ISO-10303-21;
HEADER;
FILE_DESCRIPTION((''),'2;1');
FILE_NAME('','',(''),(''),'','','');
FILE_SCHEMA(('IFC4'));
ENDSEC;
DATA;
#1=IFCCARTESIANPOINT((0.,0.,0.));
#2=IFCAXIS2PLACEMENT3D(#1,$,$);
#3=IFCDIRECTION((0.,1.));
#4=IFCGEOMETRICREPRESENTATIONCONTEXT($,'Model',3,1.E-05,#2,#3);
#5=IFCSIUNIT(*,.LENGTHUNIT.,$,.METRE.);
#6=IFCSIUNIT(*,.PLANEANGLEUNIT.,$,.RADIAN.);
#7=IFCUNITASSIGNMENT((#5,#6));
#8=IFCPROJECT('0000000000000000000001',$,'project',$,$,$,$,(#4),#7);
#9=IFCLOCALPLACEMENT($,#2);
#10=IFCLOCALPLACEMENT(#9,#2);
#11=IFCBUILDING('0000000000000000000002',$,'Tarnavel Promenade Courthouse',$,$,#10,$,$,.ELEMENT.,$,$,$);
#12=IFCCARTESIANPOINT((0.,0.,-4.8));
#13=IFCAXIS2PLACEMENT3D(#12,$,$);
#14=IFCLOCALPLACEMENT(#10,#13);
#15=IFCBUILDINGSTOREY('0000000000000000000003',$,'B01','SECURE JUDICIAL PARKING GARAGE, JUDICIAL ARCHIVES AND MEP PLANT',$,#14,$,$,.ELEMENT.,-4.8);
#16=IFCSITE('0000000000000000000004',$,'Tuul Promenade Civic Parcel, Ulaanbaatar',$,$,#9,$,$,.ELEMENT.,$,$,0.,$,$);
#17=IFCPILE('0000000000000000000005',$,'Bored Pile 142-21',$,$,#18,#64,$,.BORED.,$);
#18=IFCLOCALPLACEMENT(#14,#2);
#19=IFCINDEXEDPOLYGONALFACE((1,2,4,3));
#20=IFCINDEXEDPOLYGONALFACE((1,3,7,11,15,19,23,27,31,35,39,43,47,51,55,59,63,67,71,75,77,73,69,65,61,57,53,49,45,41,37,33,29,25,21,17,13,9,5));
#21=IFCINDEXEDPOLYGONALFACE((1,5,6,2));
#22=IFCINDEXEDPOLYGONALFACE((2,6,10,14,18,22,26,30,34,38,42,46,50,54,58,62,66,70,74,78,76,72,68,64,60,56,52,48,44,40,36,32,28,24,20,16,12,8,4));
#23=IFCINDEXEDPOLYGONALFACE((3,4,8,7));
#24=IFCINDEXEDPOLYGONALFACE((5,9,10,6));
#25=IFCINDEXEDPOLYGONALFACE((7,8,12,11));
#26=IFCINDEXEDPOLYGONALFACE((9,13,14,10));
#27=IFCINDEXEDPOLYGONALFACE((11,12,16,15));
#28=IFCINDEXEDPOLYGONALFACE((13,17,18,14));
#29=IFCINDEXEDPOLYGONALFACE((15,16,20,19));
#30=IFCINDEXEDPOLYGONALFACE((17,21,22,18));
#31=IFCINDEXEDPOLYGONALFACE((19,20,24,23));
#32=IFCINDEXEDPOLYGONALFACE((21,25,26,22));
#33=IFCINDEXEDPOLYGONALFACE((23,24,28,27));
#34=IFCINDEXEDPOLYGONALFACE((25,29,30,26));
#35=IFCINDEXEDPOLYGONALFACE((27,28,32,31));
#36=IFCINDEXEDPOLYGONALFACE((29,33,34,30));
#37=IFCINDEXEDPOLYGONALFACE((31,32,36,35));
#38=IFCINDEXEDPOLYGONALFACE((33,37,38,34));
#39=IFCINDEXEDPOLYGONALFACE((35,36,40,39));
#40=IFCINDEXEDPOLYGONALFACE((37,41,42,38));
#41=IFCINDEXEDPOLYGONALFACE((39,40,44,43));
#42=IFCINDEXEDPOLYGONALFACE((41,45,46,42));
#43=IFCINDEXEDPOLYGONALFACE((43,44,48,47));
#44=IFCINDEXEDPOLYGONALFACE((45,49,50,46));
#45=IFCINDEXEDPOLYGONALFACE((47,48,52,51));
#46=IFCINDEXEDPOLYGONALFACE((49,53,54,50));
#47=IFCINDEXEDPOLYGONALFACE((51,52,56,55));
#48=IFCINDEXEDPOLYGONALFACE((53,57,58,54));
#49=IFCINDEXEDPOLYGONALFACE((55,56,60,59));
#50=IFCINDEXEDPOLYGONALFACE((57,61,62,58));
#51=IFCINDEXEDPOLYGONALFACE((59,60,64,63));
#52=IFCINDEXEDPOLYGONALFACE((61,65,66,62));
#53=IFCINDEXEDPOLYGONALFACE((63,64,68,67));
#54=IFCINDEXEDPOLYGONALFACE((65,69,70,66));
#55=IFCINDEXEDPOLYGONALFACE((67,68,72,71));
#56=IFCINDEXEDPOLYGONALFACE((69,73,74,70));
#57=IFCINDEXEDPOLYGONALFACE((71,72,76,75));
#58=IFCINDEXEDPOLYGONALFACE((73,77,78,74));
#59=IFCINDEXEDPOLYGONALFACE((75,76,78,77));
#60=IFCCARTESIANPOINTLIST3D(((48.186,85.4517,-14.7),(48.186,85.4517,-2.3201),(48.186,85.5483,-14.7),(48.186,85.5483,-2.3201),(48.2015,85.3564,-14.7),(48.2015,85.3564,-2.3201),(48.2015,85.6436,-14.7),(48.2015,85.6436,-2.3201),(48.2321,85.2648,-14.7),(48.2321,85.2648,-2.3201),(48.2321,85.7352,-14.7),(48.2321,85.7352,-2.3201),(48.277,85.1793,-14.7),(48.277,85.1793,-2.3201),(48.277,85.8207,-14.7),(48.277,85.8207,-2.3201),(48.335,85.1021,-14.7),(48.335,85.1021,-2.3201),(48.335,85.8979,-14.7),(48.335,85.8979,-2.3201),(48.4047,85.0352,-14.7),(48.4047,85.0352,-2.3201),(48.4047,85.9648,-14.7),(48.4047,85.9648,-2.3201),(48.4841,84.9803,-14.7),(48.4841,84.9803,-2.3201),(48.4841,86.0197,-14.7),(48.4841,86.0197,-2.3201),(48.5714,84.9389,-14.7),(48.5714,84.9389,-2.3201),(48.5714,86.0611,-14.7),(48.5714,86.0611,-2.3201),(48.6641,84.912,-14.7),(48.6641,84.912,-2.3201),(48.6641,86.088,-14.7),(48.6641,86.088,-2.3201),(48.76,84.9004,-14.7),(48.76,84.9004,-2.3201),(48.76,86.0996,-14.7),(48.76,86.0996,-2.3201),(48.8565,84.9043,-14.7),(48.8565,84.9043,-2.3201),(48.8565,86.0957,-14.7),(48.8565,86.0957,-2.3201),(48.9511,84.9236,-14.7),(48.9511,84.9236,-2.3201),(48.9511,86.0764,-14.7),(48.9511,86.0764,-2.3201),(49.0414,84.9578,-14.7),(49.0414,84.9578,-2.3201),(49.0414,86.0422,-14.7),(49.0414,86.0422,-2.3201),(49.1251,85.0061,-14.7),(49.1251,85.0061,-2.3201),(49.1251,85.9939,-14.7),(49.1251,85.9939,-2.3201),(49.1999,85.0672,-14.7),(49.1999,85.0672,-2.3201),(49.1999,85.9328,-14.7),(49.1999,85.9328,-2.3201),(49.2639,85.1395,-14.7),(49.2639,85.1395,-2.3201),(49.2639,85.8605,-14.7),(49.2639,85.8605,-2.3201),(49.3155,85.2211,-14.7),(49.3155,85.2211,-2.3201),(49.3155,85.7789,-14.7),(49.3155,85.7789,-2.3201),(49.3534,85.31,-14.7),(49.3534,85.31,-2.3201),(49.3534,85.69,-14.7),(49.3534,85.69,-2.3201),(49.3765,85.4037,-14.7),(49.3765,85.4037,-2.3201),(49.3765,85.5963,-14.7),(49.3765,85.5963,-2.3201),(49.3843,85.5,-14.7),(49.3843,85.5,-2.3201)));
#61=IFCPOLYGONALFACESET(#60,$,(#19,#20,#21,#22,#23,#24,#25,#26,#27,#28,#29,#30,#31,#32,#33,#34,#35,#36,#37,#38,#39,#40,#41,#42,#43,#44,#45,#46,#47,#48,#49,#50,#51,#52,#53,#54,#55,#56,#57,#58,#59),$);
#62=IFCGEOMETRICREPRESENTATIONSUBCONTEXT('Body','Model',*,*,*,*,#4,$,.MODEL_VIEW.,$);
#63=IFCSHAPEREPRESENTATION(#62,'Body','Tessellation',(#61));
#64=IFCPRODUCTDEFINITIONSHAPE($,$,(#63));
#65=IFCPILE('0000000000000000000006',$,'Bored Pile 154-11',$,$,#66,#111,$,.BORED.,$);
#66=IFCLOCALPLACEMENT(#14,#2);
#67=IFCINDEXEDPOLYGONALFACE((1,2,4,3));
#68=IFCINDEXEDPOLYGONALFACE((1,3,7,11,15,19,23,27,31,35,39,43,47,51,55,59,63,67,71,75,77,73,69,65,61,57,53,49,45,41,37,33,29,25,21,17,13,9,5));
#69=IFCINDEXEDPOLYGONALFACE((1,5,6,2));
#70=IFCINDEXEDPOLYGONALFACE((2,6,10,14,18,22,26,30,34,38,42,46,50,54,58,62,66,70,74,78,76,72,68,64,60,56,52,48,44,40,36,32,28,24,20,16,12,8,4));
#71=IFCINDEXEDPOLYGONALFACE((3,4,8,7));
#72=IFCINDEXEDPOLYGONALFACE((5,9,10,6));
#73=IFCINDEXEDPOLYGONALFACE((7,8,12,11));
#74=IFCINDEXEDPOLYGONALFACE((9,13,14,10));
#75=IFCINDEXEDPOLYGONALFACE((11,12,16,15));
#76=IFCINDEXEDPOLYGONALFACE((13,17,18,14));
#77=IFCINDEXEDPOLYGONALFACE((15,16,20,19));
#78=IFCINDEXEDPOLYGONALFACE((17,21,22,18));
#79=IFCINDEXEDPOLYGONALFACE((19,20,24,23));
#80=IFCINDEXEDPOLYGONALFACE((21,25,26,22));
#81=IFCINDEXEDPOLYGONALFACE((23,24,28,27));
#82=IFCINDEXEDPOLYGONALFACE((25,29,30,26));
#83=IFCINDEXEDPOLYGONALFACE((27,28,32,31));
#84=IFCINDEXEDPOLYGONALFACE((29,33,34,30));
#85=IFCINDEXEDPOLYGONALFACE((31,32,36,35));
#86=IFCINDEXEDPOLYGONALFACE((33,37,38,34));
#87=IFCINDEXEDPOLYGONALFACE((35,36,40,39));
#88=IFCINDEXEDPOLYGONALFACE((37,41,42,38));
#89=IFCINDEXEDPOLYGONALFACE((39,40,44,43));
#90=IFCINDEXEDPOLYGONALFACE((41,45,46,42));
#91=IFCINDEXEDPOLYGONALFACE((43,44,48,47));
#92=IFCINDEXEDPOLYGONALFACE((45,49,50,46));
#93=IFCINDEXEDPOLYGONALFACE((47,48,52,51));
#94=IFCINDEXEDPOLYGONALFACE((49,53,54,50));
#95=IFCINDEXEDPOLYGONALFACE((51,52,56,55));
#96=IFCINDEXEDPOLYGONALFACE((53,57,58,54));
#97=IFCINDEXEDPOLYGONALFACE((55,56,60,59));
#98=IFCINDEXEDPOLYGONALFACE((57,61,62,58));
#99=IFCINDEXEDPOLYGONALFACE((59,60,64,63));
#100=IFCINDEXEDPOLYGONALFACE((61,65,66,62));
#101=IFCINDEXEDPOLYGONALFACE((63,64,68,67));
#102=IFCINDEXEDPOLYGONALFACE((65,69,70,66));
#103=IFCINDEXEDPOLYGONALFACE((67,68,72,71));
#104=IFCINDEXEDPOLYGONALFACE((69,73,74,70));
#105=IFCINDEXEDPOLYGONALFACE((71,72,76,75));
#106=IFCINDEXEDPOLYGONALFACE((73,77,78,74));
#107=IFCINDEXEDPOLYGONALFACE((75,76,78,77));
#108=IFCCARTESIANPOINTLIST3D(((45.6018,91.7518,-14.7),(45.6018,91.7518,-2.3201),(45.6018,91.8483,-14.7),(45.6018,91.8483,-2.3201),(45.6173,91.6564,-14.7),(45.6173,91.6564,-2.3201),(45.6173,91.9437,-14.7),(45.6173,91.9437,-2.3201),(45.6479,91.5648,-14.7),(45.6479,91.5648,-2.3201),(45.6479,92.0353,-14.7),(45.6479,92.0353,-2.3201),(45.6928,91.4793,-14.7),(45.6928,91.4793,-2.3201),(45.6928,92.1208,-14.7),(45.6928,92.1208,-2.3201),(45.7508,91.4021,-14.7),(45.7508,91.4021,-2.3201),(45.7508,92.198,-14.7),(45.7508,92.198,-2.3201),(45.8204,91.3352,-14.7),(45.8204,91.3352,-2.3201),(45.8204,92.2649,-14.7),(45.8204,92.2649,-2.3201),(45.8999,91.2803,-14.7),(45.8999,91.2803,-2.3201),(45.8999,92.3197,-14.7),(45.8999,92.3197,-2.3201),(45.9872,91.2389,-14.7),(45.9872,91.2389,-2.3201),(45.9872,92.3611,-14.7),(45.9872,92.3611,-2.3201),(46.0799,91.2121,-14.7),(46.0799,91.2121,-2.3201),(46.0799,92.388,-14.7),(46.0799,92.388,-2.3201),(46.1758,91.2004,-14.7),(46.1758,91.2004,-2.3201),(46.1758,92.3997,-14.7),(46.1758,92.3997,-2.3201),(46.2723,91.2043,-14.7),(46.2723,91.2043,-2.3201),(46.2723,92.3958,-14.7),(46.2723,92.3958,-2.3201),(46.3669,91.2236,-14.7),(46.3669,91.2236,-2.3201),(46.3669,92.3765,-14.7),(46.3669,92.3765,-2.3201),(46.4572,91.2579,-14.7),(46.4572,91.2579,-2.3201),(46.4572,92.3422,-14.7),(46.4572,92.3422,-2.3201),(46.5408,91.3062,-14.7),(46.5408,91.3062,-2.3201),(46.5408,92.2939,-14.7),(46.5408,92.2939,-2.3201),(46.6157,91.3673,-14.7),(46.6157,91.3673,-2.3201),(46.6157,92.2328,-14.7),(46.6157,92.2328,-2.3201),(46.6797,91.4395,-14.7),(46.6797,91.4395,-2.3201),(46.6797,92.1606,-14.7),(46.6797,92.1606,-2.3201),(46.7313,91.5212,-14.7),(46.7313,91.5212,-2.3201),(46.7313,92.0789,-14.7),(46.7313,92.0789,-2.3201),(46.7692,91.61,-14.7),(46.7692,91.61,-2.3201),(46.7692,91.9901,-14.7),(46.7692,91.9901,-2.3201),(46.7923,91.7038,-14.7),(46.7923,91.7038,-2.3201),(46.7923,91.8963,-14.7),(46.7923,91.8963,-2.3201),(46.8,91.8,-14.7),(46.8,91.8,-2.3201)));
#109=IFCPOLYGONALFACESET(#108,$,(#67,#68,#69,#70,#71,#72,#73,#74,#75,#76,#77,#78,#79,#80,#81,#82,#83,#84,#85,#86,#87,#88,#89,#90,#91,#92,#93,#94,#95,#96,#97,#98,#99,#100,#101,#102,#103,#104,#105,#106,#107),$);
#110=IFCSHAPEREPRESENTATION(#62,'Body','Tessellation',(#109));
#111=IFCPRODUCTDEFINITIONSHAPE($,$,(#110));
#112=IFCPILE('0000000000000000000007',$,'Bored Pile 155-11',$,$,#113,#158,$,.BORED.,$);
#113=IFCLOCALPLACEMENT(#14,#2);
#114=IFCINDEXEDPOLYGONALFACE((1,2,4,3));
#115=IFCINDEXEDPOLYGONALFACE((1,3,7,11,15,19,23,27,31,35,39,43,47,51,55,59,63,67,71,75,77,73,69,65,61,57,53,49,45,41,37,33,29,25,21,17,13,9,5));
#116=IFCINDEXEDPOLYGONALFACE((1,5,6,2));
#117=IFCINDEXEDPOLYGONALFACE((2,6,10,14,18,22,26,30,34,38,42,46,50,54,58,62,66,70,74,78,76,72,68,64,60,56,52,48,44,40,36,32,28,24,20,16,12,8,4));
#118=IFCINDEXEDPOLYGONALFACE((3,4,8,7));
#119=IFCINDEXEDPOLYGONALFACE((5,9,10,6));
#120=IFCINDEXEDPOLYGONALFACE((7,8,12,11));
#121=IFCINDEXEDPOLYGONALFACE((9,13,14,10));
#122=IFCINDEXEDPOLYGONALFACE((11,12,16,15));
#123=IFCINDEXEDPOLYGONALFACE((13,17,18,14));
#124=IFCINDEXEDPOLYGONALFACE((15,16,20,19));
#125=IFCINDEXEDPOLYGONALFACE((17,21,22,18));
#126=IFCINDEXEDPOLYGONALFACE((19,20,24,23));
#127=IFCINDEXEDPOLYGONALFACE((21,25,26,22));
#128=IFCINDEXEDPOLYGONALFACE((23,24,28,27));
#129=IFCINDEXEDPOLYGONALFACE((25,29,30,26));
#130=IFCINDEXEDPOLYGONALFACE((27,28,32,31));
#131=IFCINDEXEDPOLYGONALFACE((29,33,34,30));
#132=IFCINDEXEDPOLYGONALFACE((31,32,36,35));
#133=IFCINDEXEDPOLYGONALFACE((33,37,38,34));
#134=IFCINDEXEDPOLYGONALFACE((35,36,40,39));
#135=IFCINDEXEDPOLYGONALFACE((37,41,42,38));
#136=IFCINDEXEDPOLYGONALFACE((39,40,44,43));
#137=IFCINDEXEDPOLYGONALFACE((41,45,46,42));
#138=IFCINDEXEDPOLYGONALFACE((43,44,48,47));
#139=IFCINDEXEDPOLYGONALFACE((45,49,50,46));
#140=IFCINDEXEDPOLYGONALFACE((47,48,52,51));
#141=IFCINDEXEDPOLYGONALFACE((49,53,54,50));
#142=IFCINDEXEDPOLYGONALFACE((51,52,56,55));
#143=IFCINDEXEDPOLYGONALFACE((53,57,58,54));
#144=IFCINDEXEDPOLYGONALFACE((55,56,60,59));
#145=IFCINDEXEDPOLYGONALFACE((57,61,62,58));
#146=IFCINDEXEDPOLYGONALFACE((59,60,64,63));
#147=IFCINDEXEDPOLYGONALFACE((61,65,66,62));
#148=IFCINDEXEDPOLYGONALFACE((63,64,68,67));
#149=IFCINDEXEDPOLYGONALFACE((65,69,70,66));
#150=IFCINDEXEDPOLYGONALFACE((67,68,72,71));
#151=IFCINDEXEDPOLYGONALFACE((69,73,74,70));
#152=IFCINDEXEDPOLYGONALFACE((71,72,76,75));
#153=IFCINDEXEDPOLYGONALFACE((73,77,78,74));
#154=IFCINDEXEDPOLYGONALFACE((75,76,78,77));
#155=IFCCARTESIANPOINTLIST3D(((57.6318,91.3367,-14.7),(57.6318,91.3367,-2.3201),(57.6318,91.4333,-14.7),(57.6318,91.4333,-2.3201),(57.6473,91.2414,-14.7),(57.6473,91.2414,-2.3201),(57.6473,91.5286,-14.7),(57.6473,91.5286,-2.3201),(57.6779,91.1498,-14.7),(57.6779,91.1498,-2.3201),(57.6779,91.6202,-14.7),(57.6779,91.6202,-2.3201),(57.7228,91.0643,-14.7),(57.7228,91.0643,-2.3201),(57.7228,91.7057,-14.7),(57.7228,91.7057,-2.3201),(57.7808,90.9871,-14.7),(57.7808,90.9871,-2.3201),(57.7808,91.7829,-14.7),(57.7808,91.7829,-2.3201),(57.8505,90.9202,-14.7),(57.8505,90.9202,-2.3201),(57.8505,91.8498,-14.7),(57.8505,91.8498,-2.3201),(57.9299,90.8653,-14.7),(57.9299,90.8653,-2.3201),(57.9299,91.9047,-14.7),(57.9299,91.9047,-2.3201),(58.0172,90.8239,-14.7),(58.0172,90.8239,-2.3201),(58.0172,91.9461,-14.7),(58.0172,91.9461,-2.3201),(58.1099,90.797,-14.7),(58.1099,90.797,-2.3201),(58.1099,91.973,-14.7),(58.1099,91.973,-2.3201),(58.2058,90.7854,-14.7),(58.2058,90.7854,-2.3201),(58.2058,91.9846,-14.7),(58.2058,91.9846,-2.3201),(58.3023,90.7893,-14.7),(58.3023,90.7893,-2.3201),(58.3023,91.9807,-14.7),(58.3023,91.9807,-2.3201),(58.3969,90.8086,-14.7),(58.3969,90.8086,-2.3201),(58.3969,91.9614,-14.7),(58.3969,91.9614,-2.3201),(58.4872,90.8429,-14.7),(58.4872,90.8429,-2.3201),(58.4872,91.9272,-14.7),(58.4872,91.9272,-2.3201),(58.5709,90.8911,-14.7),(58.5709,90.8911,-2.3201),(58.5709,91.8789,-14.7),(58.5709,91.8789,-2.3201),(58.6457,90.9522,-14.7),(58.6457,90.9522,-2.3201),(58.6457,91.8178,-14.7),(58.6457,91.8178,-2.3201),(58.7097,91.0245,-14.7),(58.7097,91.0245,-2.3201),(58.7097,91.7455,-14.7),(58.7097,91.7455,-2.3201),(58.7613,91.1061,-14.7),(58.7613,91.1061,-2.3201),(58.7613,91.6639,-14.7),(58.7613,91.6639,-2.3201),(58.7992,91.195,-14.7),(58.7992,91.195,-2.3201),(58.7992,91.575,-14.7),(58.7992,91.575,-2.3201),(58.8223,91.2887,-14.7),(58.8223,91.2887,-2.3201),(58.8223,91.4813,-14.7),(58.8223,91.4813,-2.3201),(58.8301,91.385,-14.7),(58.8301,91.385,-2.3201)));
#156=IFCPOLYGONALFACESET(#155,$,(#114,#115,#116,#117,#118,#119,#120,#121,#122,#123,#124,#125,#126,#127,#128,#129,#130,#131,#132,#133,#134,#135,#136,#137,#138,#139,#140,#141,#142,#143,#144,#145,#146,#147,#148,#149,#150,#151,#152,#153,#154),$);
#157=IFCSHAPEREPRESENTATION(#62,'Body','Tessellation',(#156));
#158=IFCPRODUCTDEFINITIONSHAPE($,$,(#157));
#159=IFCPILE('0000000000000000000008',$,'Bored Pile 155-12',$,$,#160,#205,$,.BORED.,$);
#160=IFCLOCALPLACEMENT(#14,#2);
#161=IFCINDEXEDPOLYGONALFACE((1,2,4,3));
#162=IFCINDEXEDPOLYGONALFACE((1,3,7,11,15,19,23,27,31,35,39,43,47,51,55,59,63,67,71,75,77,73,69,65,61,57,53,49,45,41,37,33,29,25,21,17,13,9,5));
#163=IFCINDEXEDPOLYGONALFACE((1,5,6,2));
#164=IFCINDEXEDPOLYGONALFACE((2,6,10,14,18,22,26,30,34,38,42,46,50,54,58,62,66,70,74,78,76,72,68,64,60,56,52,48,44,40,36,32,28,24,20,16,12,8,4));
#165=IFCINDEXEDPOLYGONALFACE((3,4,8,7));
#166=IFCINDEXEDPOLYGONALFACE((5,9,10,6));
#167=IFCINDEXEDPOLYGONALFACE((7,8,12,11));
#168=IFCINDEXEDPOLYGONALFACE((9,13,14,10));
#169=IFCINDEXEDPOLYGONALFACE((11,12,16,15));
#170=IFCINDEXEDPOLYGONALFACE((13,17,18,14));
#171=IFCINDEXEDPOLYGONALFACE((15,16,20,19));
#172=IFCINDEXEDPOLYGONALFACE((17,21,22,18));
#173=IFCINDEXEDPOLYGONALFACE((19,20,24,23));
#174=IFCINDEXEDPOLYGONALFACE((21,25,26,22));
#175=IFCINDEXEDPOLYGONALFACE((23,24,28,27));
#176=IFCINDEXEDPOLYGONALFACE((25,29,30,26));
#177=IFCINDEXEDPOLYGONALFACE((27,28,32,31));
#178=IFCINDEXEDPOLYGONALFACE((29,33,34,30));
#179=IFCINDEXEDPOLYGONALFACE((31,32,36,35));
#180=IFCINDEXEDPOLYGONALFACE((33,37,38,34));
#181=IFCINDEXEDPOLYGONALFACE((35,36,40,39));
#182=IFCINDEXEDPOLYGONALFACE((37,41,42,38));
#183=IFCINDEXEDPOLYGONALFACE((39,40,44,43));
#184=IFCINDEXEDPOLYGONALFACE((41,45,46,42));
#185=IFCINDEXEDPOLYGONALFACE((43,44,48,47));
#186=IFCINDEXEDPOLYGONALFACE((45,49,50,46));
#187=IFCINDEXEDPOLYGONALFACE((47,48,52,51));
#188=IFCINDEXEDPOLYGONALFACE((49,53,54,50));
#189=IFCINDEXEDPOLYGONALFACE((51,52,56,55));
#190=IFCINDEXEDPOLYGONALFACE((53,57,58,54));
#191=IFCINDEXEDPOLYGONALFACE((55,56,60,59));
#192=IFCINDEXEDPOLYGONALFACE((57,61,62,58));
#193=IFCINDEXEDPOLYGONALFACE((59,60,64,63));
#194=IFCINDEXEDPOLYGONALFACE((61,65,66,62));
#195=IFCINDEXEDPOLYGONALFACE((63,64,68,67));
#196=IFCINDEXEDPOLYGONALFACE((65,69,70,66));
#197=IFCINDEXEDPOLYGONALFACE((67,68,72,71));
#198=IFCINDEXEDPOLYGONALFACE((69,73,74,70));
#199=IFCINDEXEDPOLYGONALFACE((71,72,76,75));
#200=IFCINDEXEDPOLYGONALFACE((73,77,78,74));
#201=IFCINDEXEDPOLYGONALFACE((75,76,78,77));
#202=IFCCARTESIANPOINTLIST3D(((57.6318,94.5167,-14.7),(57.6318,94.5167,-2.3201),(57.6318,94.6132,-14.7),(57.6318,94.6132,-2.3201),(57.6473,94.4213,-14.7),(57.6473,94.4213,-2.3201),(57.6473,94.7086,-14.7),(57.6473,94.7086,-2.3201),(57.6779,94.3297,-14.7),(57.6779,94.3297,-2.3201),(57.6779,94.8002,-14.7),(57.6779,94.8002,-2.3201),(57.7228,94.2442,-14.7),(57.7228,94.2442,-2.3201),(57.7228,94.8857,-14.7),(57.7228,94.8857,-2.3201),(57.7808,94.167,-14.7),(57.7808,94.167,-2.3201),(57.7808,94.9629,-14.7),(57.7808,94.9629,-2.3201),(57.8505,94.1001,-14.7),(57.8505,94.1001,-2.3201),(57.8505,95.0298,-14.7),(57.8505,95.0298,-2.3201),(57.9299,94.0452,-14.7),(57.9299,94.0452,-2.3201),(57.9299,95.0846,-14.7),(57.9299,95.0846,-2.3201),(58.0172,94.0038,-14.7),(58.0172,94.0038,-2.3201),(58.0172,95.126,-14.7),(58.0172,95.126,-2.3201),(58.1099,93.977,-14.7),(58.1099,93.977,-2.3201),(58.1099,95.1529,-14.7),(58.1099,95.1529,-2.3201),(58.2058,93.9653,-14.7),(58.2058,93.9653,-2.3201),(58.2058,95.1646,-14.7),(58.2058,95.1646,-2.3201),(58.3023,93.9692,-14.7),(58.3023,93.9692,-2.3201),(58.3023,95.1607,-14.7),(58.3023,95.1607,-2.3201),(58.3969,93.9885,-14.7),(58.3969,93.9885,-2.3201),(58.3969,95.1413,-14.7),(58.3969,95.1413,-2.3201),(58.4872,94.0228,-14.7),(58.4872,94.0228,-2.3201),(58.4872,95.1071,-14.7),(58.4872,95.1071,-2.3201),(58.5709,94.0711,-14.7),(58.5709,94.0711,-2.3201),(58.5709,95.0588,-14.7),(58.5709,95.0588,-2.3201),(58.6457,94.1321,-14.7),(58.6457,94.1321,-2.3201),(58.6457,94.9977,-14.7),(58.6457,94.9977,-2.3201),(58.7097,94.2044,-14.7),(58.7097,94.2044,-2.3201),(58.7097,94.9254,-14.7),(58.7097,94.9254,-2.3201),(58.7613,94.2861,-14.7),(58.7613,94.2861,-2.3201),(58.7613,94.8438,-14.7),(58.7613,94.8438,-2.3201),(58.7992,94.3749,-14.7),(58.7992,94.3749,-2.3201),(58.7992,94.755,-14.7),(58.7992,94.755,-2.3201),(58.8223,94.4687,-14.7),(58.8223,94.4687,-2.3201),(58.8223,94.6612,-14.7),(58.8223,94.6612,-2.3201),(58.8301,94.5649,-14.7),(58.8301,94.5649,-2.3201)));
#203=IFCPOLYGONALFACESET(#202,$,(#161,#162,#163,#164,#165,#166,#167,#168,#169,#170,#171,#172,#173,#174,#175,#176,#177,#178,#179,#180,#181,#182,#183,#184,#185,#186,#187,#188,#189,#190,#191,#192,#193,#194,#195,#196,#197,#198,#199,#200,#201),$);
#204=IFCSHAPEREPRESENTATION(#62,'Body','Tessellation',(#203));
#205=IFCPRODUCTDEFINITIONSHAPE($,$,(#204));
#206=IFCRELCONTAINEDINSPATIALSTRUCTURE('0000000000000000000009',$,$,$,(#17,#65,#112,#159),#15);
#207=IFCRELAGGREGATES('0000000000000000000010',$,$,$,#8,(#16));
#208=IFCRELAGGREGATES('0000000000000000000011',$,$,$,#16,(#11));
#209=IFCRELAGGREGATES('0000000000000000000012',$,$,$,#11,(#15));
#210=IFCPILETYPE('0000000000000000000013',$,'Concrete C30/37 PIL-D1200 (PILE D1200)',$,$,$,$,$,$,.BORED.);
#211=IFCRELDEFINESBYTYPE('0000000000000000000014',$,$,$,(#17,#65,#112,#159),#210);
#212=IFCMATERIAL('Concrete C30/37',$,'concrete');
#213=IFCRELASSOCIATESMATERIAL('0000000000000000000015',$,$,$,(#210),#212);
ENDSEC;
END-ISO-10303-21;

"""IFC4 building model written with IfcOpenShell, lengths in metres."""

from ifc_helpers import new_model, si_unit, direction, frame, origin, origin_2d, place, context, subcontext, project, spatial, circle, extrude, material, material_profile, profile_set, type_object, element, save


model = new_model("IFC4")

# Units and contexts
model_context = context("Model", 3, precision=1e-05, world=origin(), true_north=direction((0.0, 1.0)))
body_context = subcontext(model_context, "Body", "Model", "MODEL_VIEW")
ifc_project = project(units=[si_unit("LENGTHUNIT", "METRE"), si_unit("PLANEANGLEUNIT", "RADIAN")], contexts=[model_context])

# Site, building, storey
site_placement = place(None, origin())
site = spatial("IfcSite", under=ifc_project, at=site_placement, Name="Tuul Promenade Civic Parcel, Ulaanbaatar", CompositionType="ELEMENT", RefElevation=0.0)
building_placement = place(site_placement, origin())
building = spatial("IfcBuilding", under=site, at=building_placement, Name="Tarnavel Promenade Courthouse", CompositionType="ELEMENT")
storey_placement = place(building_placement, frame((0.0, 0.0, -4.8)))
storey = spatial("IfcBuildingStorey", under=building, at=storey_placement, Name="B01", Description="SECURE JUDICIAL PARKING GARAGE, JUDICIAL ARCHIVES AND MEP PLANT", CompositionType="ELEMENT", Elevation=-4.8)

# Piles
ifc_material_1 = material(Name="Concrete C30/37", Category="concrete")
ifc_material_profile_1 = material_profile(ifc_material_1, circle(Radius=0.6001, at=origin_2d()), Name="PILE D1200")
ifc_profile_set_1 = profile_set([ifc_material_profile_1], Name="Concrete C30/37")
pile_type = type_object("IfcPileType", Name="Concrete C30/37 PIL-D1200 (PILE D1200)", PredefinedType="BORED", material=ifc_profile_set_1)
for number, where, z_axis, x_axis, name in (
    (1, (48.7842, 85.5, -2.3201), (0.0, 0.0, -1.0), (1.0, 0.0, 0.0), "Bored Pile 142-21"),
    (2, (46.2, 91.8, -2.3201), (0.0, 0.0, -1.0), (1.0, 0.0, 0.0), "Bored Pile 154-11"),
    (3, (58.23, 91.385, -2.3201), (0.0, 0.0, -1.0), (1.0, 0.0, 0.0), "Bored Pile 155-11"),
    (4, (58.23, 94.5649, -2.3201), (0.0, 0.0, -1.0), (1.0, 0.0, 0.0), "Bored Pile 155-12"),
):
    element("IfcPile", number, at=place(storey_placement, frame(where, z_axis=z_axis, x_axis=x_axis)), inside=storey, type_object=pile_type, Name=name, PredefinedType="BORED", context=body_context, shape_type="SweptSolid", body=[
        extrude(circle(Radius=0.6001, at=origin_2d()), origin(), (0.0, 0.0, 1.0), 12.3799),
    ])

save(model, "model.ifc")
